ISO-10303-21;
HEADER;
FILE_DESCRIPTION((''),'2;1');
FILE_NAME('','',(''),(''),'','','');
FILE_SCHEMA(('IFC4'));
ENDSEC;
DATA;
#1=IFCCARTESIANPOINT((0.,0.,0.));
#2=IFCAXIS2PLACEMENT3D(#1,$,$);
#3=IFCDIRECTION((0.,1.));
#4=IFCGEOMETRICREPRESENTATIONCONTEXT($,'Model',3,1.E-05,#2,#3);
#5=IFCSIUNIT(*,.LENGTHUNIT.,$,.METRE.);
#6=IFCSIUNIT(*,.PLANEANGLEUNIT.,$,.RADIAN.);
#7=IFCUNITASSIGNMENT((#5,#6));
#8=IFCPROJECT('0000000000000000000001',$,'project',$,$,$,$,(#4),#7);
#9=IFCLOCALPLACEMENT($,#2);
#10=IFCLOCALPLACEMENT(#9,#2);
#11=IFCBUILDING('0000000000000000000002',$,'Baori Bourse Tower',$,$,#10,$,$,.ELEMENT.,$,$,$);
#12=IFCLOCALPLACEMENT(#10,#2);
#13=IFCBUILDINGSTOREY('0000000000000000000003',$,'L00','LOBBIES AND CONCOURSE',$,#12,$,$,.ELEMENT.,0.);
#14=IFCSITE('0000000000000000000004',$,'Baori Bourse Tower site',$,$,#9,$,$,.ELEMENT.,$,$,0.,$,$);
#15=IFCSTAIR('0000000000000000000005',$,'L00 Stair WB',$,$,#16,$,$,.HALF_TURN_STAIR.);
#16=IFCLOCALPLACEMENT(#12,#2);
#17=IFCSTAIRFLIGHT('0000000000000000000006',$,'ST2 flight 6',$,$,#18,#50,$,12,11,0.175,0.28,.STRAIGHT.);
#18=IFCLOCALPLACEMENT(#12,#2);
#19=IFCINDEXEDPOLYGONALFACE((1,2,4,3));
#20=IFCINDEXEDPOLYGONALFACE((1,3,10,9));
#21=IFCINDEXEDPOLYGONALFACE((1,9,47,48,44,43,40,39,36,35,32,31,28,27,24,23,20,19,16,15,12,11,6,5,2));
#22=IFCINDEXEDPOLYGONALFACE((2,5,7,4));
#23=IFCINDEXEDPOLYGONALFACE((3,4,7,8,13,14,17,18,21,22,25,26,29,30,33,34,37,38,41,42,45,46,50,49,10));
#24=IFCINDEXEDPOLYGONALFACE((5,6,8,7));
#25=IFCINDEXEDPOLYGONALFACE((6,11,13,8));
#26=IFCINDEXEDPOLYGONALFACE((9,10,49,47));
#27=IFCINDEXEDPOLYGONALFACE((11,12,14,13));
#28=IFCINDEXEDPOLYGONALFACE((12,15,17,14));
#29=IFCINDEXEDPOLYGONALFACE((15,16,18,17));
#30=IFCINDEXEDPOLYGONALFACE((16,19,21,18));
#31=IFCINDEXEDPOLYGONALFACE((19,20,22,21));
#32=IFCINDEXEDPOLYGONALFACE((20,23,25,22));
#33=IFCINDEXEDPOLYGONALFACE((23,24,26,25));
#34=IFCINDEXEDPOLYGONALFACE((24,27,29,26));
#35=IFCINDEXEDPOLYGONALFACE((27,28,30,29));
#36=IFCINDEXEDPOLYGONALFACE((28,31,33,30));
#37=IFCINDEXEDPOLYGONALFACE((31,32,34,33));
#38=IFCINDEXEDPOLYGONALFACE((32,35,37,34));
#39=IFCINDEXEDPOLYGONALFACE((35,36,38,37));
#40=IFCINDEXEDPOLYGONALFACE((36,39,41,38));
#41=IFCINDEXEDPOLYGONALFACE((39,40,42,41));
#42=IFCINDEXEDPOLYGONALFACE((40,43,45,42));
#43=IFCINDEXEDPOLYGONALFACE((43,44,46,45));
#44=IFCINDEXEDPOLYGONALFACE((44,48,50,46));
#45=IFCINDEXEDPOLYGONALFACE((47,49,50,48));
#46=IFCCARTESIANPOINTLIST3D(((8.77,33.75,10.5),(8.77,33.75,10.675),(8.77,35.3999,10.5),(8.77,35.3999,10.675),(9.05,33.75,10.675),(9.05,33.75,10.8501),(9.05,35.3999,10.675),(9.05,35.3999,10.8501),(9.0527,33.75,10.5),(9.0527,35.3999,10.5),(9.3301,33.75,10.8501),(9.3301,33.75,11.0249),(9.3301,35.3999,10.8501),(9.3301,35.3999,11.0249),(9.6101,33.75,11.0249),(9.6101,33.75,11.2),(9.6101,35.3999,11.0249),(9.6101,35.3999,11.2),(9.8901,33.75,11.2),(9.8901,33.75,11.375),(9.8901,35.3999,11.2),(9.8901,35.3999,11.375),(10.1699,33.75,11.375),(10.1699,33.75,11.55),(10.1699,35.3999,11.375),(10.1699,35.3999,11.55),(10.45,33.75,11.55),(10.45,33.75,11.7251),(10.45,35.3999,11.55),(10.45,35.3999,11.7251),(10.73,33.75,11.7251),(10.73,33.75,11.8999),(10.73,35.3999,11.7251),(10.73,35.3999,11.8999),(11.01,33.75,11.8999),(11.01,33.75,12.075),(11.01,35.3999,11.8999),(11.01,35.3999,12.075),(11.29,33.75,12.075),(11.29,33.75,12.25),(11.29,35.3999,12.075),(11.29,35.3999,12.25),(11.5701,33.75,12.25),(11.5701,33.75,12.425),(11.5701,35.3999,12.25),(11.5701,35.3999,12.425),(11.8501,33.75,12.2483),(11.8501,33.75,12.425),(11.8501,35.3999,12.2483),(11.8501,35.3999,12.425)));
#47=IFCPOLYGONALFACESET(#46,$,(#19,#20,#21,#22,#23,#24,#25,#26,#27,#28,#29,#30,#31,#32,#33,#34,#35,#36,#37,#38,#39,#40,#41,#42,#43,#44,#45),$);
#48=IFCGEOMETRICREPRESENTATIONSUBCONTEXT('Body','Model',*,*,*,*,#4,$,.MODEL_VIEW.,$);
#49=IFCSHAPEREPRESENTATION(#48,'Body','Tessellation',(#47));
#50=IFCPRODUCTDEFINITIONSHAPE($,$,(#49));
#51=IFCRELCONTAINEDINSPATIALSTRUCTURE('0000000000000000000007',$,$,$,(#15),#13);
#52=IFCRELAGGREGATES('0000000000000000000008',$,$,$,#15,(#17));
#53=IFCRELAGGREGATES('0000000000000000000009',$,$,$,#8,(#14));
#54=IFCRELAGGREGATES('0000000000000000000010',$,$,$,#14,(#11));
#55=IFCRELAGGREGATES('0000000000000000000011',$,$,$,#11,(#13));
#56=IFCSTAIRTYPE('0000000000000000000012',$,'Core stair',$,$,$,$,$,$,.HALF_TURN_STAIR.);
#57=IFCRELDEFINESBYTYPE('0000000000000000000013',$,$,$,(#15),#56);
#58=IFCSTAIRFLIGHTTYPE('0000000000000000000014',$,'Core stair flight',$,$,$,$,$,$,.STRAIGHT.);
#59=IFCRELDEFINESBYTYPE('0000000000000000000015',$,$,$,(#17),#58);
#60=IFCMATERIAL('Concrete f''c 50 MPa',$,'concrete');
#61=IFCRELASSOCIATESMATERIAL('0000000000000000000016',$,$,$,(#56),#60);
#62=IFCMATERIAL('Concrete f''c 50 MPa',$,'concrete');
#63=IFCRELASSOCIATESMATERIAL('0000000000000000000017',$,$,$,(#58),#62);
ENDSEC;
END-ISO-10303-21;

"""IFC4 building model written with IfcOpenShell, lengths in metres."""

from ifc_helpers import new_model, si_unit, direction, frame, origin, place, context, subcontext, project, spatial, polyline, outline, extrude, material, type_object, element, aggregate, save


model = new_model("IFC4")

# Units and contexts
model_context = context("Model", 3, precision=1e-05, world=origin(), true_north=direction((0.0, 1.0)))
body_context = subcontext(model_context, "Body", "Model", "MODEL_VIEW")
ifc_project = project(units=[si_unit("LENGTHUNIT", "METRE"), si_unit("PLANEANGLEUNIT", "RADIAN")], contexts=[model_context])

# Site, building, storey
site_placement = place(None, origin())
site = spatial("IfcSite", under=ifc_project, at=site_placement, Name="Baori Bourse Tower site", CompositionType="ELEMENT", RefElevation=0.0)
building_placement = place(site_placement, origin())
building = spatial("IfcBuilding", under=site, at=building_placement, Name="Baori Bourse Tower", CompositionType="ELEMENT")
storey_placement = place(building_placement, origin())
storey = spatial("IfcBuildingStorey", under=building, at=storey_placement, Name="L00", Description="LOBBIES AND CONCOURSE", CompositionType="ELEMENT", Elevation=0.0)

# Stair, stair flight
ifc_material_1 = material(Name="Concrete f'c 50 MPa", Category="concrete")
stair_type = type_object("IfcStairType", Name="Core stair", PredefinedType="HALF_TURN_STAIR", material=ifc_material_1)
stair_placement = place(storey_placement, origin())
stair = element("IfcStair", 1, at=stair_placement, inside=storey, type_object=stair_type, Name="L00 Stair WB", PredefinedType="HALF_TURN_STAIR")
ifc_material_2 = material(Name="Concrete f'c 50 MPa", Category="concrete")
stair_flight_type = type_object("IfcStairFlightType", Name="Core stair flight", PredefinedType="STRAIGHT", material=ifc_material_2)
stair_flight_1_placement = place(storey_placement, frame((8.77, 34.575, 10.5), z_axis=(0.0, 0.0, 1.0), x_axis=(1.0, 0.0, 0.0)))
stair_flight_1 = element("IfcStairFlight", 2, at=stair_flight_1_placement, type_object=stair_flight_type, Name="ST2 flight 6", NumberOfRisers=12, NumberOfTreads=11, PredefinedType="STRAIGHT", RiserHeight=0.175, TreadLength=0.28, context=body_context, shape_type="SweptSolid", body=[
    extrude(outline(polyline([(0.0, 0.0), (0.0, 0.175), (0.28, 0.175), (0.28, 0.3501), (0.5601, 0.3501), (0.5601, 0.5249), (0.8401, 0.5249), (0.8401, 0.7), (1.1201, 0.7), (1.1201, 0.875), (1.3999, 0.875), (1.3999, 1.05), (1.6799, 1.05), (1.6799, 1.2251), (1.96, 1.2251), (1.96, 1.3999), (2.24, 1.3999), (2.24, 1.575), (2.52, 1.575), (2.52, 1.75), (2.8, 1.75), (2.8, 1.925), (3.0801, 1.925), (3.0801, 2.1001), (3.0801, 1.7483), (0.2827, 0.0), (0.0, 0.0)])), frame((0.0, 0.825, 0.0), z_axis=(0.0, -1.0, 0.0), x_axis=(1.0, 0.0, 0.0)), (0.0, 0.0, 1.0), 1.6499),
])
aggregate(stair, [stair_flight_1])

save(model, "model.ifc")
